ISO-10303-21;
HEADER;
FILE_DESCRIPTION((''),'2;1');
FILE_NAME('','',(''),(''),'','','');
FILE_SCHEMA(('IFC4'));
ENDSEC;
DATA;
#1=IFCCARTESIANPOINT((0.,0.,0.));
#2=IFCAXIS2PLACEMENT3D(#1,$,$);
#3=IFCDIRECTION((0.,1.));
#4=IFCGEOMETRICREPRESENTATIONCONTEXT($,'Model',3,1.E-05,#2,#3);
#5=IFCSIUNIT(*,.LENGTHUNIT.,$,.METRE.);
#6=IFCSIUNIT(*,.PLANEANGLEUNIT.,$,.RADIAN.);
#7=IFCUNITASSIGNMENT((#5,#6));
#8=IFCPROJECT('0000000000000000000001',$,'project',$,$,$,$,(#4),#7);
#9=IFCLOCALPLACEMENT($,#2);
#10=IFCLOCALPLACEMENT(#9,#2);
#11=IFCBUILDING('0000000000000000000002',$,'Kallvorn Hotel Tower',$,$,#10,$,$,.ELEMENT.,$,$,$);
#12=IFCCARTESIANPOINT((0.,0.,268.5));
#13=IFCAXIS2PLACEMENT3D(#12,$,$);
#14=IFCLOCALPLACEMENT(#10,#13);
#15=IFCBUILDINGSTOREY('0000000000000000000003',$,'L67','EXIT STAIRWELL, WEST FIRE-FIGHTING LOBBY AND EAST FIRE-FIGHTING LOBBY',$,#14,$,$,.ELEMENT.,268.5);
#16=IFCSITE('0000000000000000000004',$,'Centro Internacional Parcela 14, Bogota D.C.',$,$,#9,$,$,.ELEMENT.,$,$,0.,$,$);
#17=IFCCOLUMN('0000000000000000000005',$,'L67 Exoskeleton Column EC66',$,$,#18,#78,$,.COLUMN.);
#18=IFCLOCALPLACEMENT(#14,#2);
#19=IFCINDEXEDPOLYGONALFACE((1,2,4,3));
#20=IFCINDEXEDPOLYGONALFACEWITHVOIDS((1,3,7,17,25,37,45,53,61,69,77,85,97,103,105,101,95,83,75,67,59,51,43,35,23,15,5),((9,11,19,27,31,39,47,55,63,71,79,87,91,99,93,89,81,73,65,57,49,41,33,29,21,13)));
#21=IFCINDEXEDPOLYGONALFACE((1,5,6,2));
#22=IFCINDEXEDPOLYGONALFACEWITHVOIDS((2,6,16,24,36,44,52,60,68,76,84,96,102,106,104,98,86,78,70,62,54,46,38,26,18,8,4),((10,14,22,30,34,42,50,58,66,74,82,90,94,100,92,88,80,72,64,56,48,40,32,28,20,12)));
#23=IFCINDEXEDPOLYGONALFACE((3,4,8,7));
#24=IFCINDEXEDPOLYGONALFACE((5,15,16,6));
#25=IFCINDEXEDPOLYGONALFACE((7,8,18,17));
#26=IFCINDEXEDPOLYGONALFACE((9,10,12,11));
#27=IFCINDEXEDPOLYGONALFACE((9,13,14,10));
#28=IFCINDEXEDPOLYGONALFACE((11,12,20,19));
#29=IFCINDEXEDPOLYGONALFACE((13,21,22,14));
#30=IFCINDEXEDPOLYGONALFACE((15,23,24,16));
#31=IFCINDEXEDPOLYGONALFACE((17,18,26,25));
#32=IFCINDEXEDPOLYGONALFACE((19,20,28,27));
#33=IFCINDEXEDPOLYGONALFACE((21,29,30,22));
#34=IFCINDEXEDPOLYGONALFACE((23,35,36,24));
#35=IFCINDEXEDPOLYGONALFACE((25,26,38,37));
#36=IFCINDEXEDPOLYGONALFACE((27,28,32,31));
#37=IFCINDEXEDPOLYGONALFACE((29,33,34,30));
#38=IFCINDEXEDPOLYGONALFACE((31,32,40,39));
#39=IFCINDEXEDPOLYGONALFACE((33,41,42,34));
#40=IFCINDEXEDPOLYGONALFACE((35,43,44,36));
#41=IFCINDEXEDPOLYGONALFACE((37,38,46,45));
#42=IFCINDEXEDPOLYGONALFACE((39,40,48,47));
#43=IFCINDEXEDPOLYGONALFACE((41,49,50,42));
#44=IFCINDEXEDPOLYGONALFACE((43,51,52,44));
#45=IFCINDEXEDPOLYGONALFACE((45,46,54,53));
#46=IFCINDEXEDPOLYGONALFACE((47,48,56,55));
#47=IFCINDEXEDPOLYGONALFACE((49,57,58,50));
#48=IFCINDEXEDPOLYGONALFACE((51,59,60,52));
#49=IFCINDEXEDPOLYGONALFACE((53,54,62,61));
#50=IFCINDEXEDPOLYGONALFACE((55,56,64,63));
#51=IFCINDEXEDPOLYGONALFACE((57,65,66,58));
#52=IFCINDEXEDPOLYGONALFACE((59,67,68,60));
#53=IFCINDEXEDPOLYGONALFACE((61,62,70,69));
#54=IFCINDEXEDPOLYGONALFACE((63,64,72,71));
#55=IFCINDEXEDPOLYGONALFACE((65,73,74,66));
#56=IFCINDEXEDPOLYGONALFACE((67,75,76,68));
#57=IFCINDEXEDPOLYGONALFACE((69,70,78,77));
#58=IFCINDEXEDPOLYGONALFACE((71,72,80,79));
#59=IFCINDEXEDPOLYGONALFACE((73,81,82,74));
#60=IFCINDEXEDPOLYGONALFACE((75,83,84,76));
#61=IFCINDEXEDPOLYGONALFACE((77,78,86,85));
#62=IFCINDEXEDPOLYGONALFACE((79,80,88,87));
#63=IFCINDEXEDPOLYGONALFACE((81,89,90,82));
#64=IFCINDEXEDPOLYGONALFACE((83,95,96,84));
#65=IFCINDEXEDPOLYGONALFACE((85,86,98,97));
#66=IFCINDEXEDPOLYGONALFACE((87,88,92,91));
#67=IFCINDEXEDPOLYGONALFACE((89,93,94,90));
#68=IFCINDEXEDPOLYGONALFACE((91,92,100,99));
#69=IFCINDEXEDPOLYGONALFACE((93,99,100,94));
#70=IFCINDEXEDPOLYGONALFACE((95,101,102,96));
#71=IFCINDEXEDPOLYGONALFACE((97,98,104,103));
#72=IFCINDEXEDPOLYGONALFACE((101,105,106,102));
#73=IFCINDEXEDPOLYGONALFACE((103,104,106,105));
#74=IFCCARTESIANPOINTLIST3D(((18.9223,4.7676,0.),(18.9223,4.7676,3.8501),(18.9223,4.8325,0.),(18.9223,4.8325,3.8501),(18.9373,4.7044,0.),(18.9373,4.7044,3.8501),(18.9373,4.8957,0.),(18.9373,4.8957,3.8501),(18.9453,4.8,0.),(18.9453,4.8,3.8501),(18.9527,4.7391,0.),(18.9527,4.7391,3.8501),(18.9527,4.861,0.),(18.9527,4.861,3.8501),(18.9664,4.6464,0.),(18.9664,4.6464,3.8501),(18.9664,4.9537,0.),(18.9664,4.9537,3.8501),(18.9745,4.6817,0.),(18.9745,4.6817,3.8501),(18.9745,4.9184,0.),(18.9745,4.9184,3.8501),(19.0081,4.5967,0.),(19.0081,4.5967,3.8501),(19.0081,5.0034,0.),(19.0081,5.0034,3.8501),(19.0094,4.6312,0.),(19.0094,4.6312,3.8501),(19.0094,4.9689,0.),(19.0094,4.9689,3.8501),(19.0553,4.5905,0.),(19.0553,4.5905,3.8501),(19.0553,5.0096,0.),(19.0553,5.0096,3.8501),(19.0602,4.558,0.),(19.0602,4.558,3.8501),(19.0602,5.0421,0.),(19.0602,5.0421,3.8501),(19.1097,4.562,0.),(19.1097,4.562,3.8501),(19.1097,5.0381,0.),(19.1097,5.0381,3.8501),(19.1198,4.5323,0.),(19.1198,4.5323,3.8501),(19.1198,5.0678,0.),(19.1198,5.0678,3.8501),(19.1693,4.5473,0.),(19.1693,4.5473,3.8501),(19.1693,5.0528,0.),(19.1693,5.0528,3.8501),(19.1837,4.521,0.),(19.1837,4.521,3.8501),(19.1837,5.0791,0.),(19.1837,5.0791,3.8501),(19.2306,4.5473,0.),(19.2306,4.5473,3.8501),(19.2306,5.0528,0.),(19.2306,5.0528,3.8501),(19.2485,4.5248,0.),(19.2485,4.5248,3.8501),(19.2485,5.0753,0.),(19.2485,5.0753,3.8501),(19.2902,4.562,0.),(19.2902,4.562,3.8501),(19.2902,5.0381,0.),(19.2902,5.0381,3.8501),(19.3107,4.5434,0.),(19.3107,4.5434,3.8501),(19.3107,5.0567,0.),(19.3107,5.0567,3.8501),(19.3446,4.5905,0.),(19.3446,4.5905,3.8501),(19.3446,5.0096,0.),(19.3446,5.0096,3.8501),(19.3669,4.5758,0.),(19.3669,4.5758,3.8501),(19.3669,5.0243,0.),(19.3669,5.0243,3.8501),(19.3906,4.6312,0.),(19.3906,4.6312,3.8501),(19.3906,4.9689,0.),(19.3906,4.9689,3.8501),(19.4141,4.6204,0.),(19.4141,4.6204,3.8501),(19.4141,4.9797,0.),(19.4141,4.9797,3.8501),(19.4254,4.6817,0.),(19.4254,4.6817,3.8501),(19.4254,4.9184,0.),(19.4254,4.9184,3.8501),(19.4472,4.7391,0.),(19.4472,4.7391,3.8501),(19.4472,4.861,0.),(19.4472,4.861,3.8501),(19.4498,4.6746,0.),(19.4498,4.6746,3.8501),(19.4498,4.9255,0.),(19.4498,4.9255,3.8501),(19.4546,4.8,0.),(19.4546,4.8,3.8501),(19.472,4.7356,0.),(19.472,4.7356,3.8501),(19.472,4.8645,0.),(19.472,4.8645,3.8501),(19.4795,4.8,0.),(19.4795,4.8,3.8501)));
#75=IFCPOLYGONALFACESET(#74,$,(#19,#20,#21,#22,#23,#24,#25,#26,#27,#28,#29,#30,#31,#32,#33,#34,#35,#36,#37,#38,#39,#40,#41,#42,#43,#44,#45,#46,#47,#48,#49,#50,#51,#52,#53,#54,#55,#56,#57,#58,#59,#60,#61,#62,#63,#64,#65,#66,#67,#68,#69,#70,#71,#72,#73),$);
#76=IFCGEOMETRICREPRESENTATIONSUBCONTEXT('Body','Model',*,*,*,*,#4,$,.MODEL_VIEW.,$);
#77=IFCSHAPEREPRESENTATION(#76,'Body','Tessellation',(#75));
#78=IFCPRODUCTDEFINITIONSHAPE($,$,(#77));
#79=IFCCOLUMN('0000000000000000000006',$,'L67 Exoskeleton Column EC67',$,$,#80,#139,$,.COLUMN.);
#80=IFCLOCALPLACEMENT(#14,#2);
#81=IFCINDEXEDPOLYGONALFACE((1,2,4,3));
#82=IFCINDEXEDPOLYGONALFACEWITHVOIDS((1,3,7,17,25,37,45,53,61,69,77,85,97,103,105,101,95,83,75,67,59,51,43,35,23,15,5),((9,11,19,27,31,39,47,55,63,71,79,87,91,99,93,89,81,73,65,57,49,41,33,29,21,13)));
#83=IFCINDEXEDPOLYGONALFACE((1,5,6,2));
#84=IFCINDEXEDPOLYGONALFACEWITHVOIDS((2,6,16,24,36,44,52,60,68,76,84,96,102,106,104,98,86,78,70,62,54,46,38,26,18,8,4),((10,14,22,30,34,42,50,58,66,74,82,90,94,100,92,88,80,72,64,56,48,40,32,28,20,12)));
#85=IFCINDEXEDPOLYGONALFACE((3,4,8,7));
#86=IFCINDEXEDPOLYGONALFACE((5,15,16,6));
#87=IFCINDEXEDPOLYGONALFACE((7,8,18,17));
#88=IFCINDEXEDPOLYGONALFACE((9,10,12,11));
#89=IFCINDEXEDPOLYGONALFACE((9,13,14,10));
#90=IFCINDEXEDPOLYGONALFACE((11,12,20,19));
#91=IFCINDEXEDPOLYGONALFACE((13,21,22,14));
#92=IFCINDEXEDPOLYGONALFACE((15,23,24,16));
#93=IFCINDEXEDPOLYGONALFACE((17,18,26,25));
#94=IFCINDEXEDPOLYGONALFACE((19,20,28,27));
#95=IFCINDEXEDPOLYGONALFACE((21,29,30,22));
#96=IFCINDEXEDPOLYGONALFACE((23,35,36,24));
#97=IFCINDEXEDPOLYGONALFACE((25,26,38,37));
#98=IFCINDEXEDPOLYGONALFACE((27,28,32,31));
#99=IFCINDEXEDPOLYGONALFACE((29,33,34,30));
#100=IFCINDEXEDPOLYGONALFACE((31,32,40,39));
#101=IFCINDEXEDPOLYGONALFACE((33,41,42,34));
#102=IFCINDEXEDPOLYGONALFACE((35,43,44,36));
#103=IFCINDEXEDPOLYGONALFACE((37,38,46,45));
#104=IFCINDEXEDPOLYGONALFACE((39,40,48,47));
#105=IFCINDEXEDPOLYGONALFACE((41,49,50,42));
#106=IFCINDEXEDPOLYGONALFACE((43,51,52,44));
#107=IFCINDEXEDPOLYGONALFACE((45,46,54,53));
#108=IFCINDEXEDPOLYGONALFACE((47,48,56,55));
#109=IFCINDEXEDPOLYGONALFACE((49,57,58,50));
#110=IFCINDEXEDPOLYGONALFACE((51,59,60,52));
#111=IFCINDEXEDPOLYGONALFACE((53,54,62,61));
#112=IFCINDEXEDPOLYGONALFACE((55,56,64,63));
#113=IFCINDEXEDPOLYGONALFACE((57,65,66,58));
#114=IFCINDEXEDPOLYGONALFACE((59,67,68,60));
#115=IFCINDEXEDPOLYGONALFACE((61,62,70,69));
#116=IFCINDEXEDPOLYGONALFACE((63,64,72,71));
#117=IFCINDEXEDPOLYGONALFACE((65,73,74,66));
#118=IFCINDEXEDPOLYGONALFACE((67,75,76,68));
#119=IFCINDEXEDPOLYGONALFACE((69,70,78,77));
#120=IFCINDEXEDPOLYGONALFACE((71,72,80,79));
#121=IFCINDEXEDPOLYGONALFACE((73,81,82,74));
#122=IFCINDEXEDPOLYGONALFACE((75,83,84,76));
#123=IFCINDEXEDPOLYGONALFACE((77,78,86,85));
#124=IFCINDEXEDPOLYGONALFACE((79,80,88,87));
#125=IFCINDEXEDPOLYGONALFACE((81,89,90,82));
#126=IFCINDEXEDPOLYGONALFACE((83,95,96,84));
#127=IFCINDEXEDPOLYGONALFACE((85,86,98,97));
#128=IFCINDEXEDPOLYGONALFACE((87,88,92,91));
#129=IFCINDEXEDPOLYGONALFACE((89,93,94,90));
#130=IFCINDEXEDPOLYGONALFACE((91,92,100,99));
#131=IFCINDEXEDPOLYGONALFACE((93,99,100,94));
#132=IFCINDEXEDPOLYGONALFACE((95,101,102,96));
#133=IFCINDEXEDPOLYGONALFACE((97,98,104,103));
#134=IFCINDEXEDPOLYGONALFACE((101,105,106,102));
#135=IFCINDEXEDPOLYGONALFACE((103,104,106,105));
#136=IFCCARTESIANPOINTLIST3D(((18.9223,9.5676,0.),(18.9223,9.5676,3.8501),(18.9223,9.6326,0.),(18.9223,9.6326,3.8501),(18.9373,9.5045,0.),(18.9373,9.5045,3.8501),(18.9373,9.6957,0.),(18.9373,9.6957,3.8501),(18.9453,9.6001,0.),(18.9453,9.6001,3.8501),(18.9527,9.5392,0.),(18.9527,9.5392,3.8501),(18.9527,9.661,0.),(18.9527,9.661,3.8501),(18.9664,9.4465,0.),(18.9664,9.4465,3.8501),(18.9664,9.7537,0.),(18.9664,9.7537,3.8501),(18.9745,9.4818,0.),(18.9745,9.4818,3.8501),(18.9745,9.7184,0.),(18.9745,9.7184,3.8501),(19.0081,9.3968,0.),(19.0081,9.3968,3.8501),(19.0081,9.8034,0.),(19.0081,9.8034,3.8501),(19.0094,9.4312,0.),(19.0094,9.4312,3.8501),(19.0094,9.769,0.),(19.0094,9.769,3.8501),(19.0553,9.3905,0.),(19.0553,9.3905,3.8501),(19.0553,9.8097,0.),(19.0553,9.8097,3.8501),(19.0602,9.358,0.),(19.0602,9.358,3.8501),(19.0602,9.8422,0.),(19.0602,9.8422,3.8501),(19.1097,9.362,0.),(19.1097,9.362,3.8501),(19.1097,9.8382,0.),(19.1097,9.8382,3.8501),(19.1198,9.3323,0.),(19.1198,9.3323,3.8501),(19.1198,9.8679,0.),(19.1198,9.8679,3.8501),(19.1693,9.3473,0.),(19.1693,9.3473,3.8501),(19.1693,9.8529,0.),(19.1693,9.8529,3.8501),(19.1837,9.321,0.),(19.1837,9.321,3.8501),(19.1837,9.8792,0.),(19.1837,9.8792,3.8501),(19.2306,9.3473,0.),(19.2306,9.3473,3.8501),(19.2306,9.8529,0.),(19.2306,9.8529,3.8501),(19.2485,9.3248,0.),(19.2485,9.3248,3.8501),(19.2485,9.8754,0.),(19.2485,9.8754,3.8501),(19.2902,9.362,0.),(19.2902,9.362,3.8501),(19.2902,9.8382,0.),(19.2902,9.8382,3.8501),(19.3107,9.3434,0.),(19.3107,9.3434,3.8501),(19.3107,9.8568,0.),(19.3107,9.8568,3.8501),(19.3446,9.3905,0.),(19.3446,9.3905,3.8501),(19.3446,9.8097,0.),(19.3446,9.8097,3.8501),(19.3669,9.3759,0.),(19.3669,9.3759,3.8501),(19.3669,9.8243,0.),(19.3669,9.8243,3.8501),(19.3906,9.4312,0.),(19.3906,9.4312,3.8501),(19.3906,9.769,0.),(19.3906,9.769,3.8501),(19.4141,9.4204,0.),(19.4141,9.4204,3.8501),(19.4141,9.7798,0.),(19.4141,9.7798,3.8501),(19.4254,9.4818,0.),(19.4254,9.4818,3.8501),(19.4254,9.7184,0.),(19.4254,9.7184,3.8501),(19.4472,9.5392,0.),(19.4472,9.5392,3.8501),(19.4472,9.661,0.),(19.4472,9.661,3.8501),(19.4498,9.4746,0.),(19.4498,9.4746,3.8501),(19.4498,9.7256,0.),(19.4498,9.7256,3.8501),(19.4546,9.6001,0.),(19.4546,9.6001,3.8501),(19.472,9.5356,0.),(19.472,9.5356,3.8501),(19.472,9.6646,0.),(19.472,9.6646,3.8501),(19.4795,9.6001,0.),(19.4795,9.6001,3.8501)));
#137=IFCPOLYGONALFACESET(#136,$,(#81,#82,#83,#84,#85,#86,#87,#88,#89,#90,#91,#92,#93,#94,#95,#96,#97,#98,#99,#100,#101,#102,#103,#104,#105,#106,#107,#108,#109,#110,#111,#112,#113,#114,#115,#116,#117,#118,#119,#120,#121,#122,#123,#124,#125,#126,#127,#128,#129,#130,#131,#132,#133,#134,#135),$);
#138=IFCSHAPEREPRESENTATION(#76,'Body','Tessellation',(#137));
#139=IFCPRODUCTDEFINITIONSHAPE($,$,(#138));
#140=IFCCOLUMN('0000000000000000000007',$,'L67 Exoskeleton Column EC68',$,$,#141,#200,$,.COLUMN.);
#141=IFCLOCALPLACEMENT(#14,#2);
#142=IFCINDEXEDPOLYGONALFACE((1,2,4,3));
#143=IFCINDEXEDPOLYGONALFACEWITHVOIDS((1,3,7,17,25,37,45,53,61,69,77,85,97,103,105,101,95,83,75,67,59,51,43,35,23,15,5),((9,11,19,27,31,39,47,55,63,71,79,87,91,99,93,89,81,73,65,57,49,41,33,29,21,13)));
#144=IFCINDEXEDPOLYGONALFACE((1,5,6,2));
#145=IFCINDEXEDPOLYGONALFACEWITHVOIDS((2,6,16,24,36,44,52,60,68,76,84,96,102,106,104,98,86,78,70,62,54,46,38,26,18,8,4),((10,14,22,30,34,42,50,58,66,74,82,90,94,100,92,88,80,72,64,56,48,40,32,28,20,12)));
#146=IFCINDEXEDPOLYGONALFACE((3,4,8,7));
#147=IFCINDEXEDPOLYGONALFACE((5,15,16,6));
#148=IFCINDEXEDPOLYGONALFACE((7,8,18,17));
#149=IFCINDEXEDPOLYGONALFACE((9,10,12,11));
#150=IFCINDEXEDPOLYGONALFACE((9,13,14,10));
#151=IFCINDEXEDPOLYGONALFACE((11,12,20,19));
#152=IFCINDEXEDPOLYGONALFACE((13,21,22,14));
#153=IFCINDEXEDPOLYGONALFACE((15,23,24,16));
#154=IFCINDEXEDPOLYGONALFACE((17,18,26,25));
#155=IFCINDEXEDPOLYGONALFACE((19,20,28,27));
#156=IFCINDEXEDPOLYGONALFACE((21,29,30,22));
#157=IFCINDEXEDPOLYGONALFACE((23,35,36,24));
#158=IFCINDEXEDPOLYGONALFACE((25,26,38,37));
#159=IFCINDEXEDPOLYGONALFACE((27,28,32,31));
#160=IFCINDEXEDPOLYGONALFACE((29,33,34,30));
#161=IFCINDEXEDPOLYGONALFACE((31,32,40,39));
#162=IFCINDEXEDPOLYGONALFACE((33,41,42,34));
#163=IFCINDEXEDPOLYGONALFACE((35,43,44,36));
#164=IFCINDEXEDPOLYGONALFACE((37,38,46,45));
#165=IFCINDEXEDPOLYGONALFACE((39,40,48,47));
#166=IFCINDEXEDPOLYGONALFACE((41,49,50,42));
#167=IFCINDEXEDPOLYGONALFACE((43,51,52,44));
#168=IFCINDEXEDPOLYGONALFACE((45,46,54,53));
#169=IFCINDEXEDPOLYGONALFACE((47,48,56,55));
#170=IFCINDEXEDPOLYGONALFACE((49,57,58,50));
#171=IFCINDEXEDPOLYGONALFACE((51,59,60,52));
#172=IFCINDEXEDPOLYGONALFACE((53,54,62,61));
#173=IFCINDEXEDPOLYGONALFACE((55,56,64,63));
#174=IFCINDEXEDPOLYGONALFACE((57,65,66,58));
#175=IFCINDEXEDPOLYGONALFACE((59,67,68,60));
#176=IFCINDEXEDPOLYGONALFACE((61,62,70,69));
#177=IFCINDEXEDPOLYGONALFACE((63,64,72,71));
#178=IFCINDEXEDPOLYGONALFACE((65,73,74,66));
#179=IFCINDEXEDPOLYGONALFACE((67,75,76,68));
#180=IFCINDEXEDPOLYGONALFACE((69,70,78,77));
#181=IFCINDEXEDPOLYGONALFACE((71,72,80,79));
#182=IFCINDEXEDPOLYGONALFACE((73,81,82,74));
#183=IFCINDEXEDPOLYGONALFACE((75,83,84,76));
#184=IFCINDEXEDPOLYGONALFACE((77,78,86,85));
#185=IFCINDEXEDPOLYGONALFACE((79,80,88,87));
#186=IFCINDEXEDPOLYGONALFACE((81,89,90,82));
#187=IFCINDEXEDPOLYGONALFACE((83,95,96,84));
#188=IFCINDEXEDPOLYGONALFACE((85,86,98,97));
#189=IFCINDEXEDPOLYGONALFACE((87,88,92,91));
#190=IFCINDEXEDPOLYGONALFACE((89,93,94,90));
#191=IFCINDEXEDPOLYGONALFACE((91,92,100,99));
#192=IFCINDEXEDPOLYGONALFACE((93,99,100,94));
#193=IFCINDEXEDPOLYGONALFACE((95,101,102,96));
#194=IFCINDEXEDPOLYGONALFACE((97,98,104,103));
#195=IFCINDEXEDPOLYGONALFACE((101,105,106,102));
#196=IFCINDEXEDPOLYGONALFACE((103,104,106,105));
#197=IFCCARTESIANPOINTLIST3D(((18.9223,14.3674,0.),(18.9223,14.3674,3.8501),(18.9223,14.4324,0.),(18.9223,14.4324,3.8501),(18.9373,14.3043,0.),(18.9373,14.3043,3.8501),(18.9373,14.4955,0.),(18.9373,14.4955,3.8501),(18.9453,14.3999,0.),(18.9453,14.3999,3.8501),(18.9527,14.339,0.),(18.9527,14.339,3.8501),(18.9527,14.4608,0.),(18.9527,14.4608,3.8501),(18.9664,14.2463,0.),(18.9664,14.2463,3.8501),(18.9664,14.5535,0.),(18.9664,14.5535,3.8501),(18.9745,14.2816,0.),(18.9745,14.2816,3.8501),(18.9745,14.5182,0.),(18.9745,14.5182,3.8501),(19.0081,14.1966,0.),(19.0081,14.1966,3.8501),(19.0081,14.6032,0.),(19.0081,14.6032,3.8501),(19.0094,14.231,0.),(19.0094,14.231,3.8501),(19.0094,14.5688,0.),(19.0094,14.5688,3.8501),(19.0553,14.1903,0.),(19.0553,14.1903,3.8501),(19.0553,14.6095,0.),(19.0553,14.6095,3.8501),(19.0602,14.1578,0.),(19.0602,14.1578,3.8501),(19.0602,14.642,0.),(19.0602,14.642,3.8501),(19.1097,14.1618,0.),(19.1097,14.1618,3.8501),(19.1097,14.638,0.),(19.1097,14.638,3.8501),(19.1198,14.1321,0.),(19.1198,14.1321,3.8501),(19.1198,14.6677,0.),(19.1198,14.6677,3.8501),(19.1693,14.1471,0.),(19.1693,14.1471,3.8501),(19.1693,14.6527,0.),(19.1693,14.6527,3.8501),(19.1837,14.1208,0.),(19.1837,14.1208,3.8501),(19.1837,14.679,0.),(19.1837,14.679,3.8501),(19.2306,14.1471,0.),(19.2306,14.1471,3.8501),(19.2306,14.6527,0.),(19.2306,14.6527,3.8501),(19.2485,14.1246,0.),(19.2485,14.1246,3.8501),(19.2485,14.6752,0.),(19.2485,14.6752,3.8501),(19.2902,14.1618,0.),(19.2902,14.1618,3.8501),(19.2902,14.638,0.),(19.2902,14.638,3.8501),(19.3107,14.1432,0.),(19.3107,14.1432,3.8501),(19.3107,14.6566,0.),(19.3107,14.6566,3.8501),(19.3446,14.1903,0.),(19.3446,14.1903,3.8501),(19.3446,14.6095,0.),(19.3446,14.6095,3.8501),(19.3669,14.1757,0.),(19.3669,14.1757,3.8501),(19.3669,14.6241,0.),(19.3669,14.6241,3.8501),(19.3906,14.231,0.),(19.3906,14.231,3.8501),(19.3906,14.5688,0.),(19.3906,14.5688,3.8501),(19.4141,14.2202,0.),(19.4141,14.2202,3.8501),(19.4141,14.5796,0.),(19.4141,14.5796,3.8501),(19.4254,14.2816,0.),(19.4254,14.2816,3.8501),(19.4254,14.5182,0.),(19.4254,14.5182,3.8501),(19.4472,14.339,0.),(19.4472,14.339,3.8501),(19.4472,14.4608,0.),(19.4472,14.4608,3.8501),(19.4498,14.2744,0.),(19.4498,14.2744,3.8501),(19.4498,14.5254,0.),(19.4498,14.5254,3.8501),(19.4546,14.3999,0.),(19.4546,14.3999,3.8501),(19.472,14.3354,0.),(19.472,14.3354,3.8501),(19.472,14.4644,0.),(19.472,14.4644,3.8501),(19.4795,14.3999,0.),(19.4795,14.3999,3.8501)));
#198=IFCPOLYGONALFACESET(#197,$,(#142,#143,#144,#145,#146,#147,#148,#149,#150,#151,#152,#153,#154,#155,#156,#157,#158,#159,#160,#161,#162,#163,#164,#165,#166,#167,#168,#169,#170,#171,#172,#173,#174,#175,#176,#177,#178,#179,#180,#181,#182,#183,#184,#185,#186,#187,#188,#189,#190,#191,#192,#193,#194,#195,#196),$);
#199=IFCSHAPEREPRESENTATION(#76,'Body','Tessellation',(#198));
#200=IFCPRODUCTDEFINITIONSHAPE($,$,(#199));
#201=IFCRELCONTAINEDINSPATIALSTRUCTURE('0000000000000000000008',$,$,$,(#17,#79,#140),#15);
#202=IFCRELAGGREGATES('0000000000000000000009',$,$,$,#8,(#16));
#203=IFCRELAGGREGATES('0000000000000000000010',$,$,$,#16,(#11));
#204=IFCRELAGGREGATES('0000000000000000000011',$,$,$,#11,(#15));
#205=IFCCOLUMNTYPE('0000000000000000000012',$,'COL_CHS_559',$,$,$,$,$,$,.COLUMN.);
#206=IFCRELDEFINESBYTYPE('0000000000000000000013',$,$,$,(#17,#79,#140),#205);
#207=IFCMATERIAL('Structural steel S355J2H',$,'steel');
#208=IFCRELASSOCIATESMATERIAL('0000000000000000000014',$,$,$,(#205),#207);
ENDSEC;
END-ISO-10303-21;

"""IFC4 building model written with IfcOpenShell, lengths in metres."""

from ifc_helpers import new_model, si_unit, direction, frame, origin, origin_2d, place, context, subcontext, project, spatial, hollow_circle, extrude, material, material_profile, profile_set, type_object, element, save


model = new_model("IFC4")

# Units and contexts
model_context = context("Model", 3, precision=1e-05, world=origin(), true_north=direction((0.0, 1.0)))
body_context = subcontext(model_context, "Body", "Model", "MODEL_VIEW")
ifc_project = project(units=[si_unit("LENGTHUNIT", "METRE"), si_unit("PLANEANGLEUNIT", "RADIAN")], contexts=[model_context])

# Site, building, storey
site_placement = place(None, origin())
site = spatial("IfcSite", under=ifc_project, at=site_placement, Name="Centro Internacional Parcela 14, Bogota D.C.", CompositionType="ELEMENT", RefElevation=0.0)
building_placement = place(site_placement, origin())
building = spatial("IfcBuilding", under=site, at=building_placement, Name="Kallvorn Hotel Tower", CompositionType="ELEMENT")
storey_placement = place(building_placement, frame((0.0, 0.0, 268.5)))
storey = spatial("IfcBuildingStorey", under=building, at=storey_placement, Name="L67", Description="EXIT STAIRWELL, WEST FIRE-FIGHTING LOBBY AND EAST FIRE-FIGHTING LOBBY", CompositionType="ELEMENT", Elevation=268.5)

# Columns
ifc_material_1 = material(Name="Structural steel S355J2H", Category="steel")
ifc_material_profile_1 = material_profile(ifc_material_1, hollow_circle(Radius=0.2795, WallThickness=0.0249, at=origin_2d()), Name="CHS 559x25")
ifc_profile_set_1 = profile_set([ifc_material_profile_1], Name="Structural steel S355J2H")
column_type_1 = type_object("IfcColumnType", Name="COL_CHS_559", PredefinedType="COLUMN", material=ifc_profile_set_1)
for number, where, z_axis, x_axis, name in (
    (1, (19.2, 4.8, 0.0), (0.0, 0.0, 1.0), (1.0, 0.0, 0.0), "L67 Exoskeleton Column EC66"),
    (2, (19.2, 9.6001, 0.0), (0.0, 0.0, 1.0), (1.0, 0.0, 0.0), "L67 Exoskeleton Column EC67"),
    (3, (19.2, 14.3999, 0.0), (0.0, 0.0, 1.0), (1.0, 0.0, 0.0), "L67 Exoskeleton Column EC68"),
):
    element("IfcColumn", number, at=place(storey_placement, frame(where, z_axis=z_axis, x_axis=x_axis)), inside=storey, type_object=column_type_1, Name=name, PredefinedType="COLUMN", context=body_context, shape_type="SweptSolid", body=[
        extrude(hollow_circle(Radius=0.2795, WallThickness=0.0249, at=origin_2d()), origin(), (0.0, 0.0, 1.0), 3.8501),
    ])

save(model, "model.ifc")
